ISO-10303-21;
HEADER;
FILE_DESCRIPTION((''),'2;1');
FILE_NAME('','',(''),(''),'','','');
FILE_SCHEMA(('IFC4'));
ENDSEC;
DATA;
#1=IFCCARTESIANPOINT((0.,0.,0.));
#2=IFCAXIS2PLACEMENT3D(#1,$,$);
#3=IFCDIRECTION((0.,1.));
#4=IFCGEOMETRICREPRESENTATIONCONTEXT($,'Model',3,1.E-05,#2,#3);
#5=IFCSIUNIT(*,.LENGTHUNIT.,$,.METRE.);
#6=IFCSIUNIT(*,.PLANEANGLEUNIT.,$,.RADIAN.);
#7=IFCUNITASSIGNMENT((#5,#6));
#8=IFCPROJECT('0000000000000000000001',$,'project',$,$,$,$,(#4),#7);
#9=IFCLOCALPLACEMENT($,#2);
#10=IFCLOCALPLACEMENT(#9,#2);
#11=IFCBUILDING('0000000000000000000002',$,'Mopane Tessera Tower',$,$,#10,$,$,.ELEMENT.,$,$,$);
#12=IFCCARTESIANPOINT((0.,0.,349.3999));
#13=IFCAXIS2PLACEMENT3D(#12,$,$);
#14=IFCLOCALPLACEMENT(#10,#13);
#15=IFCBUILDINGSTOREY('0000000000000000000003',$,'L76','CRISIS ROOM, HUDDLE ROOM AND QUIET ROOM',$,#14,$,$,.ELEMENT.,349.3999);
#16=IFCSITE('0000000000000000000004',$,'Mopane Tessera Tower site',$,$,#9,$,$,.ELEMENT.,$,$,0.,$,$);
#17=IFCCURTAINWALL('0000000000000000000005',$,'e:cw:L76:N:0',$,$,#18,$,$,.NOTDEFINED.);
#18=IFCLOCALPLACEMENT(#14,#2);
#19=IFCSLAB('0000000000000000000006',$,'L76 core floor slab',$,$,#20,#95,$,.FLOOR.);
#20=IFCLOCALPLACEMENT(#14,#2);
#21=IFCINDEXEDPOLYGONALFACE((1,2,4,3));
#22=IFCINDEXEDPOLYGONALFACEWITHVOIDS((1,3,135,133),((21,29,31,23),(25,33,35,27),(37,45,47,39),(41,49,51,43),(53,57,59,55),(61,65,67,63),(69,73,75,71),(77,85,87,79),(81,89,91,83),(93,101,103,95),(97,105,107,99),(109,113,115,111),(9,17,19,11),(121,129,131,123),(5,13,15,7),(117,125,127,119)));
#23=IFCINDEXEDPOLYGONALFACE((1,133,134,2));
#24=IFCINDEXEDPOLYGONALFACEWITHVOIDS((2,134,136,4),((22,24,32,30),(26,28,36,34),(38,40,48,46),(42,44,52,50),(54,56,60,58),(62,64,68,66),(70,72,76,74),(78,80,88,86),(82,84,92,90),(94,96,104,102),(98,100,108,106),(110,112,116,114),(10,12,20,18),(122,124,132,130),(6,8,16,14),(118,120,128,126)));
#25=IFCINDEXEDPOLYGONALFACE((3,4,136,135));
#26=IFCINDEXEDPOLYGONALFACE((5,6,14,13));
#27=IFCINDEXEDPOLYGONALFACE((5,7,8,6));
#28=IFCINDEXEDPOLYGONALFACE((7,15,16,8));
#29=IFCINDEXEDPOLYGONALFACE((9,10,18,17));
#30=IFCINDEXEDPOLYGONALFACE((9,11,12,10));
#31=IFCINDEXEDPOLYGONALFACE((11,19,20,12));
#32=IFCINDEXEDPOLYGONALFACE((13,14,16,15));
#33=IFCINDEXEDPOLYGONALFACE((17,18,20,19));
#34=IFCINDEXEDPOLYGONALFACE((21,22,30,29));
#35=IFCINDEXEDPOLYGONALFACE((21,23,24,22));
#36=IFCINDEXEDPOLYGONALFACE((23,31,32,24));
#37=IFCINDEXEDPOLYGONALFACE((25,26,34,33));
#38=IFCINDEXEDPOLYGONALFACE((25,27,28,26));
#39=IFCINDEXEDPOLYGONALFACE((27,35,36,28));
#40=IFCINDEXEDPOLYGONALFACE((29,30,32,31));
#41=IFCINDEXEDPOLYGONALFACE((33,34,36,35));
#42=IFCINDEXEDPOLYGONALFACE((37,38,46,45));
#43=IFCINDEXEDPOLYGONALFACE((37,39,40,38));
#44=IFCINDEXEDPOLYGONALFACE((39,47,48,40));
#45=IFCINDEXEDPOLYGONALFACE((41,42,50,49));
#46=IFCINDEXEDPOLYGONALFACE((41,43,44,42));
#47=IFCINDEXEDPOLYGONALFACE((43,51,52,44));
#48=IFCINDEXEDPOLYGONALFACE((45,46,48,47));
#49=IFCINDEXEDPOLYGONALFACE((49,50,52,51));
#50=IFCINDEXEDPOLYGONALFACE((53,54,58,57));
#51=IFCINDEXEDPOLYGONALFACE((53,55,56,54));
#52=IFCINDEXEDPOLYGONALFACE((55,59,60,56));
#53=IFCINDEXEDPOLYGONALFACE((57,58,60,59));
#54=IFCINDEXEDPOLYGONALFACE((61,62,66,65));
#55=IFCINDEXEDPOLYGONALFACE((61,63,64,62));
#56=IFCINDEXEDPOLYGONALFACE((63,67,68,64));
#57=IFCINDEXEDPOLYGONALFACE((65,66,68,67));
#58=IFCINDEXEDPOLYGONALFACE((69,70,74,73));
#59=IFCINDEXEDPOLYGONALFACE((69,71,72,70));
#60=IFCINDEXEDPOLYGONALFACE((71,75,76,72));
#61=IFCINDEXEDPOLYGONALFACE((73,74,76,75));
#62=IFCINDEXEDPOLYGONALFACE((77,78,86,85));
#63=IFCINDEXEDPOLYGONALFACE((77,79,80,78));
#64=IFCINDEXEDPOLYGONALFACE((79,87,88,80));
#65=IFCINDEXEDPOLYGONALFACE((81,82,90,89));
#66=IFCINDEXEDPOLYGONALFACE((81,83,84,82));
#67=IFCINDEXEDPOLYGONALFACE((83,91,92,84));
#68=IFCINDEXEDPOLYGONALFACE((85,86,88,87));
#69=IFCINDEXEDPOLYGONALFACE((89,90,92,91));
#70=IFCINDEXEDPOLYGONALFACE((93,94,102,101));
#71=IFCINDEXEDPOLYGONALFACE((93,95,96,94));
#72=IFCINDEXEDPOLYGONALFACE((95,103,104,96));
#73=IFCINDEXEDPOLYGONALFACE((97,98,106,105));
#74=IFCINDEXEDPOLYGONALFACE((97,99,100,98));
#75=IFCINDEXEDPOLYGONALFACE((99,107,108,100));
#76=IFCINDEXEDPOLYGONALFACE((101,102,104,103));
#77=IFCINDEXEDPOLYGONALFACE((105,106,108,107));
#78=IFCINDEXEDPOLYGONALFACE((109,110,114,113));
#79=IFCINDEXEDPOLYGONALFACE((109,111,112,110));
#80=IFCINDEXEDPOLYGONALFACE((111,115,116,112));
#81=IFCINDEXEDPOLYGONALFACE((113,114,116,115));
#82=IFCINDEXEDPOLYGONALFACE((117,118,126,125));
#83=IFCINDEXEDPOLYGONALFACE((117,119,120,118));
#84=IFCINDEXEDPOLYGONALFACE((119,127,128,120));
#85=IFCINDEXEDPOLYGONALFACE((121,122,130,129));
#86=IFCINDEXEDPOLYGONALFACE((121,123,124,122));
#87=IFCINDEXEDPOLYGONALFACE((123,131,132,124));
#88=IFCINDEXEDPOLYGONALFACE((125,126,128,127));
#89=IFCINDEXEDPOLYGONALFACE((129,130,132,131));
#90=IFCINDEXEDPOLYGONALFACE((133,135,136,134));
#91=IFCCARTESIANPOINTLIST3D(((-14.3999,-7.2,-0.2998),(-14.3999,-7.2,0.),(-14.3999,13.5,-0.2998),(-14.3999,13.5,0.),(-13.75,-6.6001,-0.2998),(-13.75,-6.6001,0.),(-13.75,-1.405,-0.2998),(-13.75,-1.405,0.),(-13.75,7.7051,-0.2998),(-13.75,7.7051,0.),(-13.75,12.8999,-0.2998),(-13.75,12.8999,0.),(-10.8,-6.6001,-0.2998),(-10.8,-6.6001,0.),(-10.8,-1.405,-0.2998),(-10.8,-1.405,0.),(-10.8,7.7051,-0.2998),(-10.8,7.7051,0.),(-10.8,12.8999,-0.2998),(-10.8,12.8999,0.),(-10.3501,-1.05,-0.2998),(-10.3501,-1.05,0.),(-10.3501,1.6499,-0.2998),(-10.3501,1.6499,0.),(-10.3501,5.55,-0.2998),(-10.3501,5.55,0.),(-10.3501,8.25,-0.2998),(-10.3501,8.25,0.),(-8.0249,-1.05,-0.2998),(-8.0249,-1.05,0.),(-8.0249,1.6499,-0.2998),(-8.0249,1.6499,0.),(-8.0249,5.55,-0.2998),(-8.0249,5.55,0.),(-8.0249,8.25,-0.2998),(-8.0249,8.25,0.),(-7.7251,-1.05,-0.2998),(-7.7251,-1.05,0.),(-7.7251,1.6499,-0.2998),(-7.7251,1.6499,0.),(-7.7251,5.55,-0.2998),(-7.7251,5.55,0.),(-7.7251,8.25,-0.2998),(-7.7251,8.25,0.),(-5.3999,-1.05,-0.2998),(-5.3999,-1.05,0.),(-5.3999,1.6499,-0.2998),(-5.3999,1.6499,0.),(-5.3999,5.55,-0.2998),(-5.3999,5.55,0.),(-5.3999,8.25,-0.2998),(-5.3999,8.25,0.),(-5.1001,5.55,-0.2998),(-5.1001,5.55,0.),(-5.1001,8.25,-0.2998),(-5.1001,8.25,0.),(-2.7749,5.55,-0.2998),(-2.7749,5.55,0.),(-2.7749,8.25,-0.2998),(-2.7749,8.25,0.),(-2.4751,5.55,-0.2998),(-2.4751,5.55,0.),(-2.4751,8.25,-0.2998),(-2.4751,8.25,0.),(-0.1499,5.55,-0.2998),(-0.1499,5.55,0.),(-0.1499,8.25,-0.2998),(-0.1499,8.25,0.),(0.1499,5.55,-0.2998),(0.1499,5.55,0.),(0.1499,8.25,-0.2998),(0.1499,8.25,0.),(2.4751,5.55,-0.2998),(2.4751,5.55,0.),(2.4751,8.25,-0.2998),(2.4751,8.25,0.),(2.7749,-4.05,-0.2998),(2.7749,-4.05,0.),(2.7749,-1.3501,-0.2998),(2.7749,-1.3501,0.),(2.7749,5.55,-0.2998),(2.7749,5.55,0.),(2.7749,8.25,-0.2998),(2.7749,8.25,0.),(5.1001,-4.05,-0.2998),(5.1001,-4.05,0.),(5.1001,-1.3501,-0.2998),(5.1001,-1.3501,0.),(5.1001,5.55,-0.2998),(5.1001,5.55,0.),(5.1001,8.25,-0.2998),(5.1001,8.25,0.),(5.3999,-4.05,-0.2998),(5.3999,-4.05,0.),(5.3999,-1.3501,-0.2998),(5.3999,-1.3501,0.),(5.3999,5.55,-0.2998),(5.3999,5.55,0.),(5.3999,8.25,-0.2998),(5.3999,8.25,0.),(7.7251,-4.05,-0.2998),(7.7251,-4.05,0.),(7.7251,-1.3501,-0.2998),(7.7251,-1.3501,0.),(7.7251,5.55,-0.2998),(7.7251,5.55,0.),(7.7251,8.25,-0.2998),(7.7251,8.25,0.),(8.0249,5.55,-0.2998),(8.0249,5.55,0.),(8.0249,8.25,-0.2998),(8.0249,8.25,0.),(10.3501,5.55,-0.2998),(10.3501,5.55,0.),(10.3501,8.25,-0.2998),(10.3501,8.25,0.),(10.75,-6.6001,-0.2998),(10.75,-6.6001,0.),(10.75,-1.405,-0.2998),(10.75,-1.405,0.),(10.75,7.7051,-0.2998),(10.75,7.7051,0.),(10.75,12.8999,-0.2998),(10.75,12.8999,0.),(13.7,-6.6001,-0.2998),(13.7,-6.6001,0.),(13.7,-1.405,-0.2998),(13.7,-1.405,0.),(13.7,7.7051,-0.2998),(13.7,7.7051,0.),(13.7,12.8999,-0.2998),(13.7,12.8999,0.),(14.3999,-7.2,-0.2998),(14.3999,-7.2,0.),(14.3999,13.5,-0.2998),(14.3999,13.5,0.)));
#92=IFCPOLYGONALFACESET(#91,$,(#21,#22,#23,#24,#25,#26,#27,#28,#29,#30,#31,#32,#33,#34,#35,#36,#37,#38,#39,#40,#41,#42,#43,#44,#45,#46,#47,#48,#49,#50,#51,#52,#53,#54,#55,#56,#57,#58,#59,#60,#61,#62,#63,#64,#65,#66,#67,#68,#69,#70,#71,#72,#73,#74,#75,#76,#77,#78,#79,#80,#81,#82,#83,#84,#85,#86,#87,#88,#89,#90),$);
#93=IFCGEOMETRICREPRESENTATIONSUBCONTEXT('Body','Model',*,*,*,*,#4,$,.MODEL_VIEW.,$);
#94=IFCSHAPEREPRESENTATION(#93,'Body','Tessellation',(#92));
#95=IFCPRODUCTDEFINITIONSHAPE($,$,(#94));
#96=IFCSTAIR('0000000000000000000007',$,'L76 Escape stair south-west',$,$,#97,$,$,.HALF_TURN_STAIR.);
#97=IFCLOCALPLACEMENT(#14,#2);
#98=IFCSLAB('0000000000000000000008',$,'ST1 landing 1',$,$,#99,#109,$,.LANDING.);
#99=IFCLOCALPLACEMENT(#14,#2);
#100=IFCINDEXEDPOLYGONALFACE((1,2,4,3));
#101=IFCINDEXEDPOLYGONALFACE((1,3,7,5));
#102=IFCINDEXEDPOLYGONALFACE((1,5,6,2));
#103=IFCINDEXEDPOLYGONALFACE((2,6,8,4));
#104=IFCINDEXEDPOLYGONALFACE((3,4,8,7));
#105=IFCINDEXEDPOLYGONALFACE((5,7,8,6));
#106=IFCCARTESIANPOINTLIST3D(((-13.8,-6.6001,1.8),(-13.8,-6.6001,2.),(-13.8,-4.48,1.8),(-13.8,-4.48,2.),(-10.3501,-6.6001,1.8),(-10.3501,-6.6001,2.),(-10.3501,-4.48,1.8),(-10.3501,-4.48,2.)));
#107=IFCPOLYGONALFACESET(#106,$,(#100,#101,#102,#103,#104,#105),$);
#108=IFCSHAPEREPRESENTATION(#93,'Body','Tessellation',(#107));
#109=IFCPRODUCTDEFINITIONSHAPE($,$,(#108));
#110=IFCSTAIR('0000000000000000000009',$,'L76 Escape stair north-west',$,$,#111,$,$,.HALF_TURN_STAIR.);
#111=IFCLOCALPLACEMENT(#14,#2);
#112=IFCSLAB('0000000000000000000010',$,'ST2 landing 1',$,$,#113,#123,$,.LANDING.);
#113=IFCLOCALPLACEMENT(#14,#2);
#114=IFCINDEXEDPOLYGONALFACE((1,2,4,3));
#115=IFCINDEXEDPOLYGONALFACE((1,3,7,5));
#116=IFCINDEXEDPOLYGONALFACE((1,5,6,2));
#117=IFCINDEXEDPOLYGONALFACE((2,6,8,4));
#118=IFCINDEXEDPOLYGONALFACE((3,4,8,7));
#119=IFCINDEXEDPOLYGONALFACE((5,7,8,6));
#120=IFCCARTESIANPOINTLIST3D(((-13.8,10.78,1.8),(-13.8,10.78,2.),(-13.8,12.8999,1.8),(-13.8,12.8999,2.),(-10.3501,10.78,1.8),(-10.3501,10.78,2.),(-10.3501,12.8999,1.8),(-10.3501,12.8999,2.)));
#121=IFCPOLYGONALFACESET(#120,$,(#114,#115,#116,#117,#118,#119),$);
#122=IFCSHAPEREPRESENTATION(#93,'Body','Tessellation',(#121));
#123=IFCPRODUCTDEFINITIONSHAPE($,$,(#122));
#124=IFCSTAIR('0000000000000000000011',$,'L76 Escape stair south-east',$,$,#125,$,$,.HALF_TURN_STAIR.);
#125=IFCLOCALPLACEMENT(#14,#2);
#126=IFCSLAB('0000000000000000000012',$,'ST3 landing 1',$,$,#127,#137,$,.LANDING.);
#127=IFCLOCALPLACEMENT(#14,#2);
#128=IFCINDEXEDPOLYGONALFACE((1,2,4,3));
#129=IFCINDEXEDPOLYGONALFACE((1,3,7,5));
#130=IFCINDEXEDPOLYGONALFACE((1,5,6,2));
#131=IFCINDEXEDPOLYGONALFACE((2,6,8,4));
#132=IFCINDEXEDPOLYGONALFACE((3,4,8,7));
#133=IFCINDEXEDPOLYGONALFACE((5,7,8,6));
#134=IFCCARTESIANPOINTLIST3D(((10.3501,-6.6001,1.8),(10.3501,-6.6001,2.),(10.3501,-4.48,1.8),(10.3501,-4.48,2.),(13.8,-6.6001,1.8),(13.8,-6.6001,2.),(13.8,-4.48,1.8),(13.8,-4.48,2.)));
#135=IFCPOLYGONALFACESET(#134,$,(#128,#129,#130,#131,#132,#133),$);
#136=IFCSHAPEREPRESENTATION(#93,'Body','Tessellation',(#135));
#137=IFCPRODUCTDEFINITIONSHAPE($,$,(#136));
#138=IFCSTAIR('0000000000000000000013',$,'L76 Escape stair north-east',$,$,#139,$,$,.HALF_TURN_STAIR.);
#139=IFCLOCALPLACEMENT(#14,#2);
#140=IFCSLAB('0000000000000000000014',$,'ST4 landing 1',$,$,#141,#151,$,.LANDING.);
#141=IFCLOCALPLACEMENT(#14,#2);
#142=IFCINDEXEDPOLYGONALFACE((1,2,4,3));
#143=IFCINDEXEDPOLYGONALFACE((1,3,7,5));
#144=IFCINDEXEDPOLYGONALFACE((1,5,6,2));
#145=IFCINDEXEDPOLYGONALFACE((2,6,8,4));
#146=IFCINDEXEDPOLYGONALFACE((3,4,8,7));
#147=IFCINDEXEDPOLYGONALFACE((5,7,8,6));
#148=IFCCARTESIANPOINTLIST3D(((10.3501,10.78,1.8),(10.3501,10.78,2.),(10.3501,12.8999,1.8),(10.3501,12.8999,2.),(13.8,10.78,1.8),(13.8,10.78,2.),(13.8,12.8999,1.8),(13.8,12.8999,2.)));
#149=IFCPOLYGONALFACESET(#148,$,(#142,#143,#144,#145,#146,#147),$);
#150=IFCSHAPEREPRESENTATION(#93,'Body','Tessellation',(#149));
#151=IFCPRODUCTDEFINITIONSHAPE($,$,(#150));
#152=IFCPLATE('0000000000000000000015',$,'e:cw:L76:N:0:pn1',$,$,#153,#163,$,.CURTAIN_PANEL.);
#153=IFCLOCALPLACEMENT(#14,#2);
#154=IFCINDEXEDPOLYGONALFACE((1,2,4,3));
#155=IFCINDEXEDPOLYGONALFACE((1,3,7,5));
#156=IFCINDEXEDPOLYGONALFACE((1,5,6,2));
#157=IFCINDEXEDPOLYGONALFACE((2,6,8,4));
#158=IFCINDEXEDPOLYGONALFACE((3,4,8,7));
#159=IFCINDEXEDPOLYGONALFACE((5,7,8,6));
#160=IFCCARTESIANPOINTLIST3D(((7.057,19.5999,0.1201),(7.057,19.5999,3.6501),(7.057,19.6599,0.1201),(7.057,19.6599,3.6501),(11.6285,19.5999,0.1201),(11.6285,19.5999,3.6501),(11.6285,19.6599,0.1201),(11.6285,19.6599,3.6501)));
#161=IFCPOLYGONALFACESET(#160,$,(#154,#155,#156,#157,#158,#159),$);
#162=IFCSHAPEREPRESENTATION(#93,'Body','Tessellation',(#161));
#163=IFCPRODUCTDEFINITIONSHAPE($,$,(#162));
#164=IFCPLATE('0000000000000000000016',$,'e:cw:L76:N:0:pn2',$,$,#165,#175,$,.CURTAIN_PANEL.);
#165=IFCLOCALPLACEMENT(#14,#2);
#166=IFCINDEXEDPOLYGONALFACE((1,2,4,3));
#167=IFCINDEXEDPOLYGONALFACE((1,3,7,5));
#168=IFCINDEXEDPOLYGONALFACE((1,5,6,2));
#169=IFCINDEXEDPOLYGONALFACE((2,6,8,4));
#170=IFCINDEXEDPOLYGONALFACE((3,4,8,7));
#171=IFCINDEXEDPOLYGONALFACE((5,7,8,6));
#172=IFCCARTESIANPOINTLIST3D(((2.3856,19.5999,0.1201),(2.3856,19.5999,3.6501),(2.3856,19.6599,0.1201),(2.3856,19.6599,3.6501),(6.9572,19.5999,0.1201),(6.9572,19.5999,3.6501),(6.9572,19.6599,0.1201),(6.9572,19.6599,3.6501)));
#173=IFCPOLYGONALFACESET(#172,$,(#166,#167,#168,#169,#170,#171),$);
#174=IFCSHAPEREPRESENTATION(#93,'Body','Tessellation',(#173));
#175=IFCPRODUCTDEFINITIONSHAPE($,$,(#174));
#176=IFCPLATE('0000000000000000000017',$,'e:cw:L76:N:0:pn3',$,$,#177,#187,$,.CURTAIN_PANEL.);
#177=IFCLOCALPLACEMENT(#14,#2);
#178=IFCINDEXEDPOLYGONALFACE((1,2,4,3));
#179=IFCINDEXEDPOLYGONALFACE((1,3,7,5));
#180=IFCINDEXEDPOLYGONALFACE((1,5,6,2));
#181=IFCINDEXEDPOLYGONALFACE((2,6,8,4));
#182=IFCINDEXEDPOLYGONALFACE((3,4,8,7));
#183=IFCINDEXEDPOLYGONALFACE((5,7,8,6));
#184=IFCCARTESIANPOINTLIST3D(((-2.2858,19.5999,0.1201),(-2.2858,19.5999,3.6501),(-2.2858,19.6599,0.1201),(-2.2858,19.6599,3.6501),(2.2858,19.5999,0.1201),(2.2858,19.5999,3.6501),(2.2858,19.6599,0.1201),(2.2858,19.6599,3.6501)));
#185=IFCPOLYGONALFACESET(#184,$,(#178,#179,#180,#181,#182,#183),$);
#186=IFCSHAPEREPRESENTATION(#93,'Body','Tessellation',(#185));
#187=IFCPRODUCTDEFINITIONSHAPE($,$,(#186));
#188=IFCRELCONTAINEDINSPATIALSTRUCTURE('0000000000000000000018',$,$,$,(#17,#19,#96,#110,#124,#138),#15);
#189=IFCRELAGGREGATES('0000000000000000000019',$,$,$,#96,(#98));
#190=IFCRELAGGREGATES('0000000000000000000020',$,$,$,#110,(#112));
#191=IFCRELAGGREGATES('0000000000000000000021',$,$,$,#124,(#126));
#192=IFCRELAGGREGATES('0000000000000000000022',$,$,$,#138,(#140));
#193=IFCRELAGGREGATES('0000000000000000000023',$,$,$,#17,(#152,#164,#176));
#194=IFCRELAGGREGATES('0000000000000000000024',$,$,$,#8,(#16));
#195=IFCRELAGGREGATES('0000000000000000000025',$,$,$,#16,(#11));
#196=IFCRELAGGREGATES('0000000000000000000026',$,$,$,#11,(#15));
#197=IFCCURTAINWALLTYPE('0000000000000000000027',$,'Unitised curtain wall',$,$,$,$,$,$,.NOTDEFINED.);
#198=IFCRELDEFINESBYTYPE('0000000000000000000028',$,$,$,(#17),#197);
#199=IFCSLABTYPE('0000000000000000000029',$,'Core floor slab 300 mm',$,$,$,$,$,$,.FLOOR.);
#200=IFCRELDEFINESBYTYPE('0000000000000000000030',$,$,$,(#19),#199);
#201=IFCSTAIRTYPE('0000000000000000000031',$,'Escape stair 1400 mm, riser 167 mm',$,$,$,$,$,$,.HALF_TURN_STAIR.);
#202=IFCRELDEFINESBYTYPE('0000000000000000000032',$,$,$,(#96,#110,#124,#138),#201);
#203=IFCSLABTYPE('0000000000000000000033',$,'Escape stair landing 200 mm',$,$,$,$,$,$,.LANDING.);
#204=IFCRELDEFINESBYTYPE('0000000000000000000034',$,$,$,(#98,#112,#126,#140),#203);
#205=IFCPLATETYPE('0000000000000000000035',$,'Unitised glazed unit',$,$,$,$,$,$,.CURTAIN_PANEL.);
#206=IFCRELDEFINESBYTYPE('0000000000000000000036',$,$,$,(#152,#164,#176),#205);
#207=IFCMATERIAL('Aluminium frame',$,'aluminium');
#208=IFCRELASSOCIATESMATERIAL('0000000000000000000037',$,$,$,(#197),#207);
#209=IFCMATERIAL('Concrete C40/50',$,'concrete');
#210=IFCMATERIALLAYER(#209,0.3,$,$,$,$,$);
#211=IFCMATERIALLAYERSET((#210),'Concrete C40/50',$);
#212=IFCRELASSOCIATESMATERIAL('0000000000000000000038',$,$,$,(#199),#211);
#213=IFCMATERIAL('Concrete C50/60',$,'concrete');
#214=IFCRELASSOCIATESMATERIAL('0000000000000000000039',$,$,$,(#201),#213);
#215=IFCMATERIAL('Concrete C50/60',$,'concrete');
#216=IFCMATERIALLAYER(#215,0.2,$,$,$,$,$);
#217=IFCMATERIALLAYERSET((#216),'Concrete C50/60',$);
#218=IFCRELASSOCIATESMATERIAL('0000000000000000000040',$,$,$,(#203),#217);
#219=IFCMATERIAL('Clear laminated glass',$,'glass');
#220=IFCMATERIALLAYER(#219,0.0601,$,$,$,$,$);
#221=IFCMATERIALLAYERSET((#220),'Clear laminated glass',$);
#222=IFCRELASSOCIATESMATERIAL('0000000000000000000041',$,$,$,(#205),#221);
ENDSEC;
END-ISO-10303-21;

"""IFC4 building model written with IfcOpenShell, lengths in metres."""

from ifc_helpers import new_model, si_unit, direction, frame, origin, origin_2d, place, context, subcontext, project, spatial, polyline, rectangle, outline, extrude, material, layer, layer_set, type_object, element, aggregate, save


model = new_model("IFC4")

# Units and contexts
model_context = context("Model", 3, precision=1e-05, world=origin(), true_north=direction((0.0, 1.0)))
body_context = subcontext(model_context, "Body", "Model", "MODEL_VIEW")
ifc_project = project(units=[si_unit("LENGTHUNIT", "METRE"), si_unit("PLANEANGLEUNIT", "RADIAN")], contexts=[model_context])

# Site, building, storey
site_placement = place(None, origin())
site = spatial("IfcSite", under=ifc_project, at=site_placement, Name="Mopane Tessera Tower site", CompositionType="ELEMENT", RefElevation=0.0)
building_placement = place(site_placement, origin())
building = spatial("IfcBuilding", under=site, at=building_placement, Name="Mopane Tessera Tower", CompositionType="ELEMENT")
storey_placement = place(building_placement, frame((0.0, 0.0, 349.3999)))
storey = spatial("IfcBuildingStorey", under=building, at=storey_placement, Name="L76", Description="CRISIS ROOM, HUDDLE ROOM AND QUIET ROOM", CompositionType="ELEMENT", Elevation=349.3999)

# Curtain wall
ifc_material_1 = material(Name="Aluminium frame", Category="aluminium")
curtain_wall_type = type_object("IfcCurtainWallType", Name="Unitised curtain wall", PredefinedType="NOTDEFINED", material=ifc_material_1)
curtain_wall_1_placement = place(storey_placement, origin())
curtain_wall_1 = element("IfcCurtainWall", 1, at=curtain_wall_1_placement, inside=storey, type_object=curtain_wall_type, Name="e:cw:L76:N:0", PredefinedType="NOTDEFINED")

# Slab
ifc_material_2 = material(Name="Concrete C40/50", Category="concrete")
ifc_layer_1 = layer(ifc_material_2, 0.3)
ifc_layer_set_1 = layer_set([ifc_layer_1], Name="Concrete C40/50")
slab_type_1 = type_object("IfcSlabType", Name="Core floor slab 300 mm", PredefinedType="FLOOR", material=ifc_layer_set_1)
slab_1_placement = place(storey_placement, frame((0.0, 0.0, -0.2998)))
element("IfcSlab", 2, at=slab_1_placement, inside=storey, type_object=slab_type_1, Name="L76 core floor slab", PredefinedType="FLOOR", context=body_context, shape_type="SweptSolid", body=[
    extrude(outline(polyline([(-14.3999, -7.2), (14.3999, -7.2), (14.3999, 13.5), (-14.3999, 13.5), (-14.3999, -7.2)]), holes=[polyline([(-10.3501, -1.05), (-8.0249, -1.05), (-8.0249, 1.6499), (-10.3501, 1.6499), (-10.3501, -1.05)]), polyline([(-7.7251, -1.05), (-5.3999, -1.05), (-5.3999, 1.6499), (-7.7251, 1.6499), (-7.7251, -1.05)]), polyline([(-10.3501, 5.55), (-8.0249, 5.55), (-8.0249, 8.25), (-10.3501, 8.25), (-10.3501, 5.55)]), polyline([(-7.7251, 5.55), (-5.3999, 5.55), (-5.3999, 8.25), (-7.7251, 8.25), (-7.7251, 5.55)]), polyline([(-5.1001, 5.55), (-2.7749, 5.55), (-2.7749, 8.25), (-5.1001, 8.25), (-5.1001, 5.55)]), polyline([(-2.4751, 5.55), (-0.1499, 5.55), (-0.1499, 8.25), (-2.4751, 8.25), (-2.4751, 5.55)]), polyline([(0.1499, 5.55), (2.4751, 5.55), (2.4751, 8.25), (0.1499, 8.25), (0.1499, 5.55)]), polyline([(2.7749, 5.55), (5.1001, 5.55), (5.1001, 8.25), (2.7749, 8.25), (2.7749, 5.55)]), polyline([(5.3999, 5.55), (7.7251, 5.55), (7.7251, 8.25), (5.3999, 8.25), (5.3999, 5.55)]), polyline([(8.0249, 5.55), (10.3501, 5.55), (10.3501, 8.25), (8.0249, 8.25), (8.0249, 5.55)]), polyline([(2.7749, -4.05), (5.1001, -4.05), (5.1001, -1.3501), (2.7749, -1.3501), (2.7749, -4.05)]), polyline([(5.3999, -4.05), (7.7251, -4.05), (7.7251, -1.3501), (5.3999, -1.3501), (5.3999, -4.05)]), polyline([(-13.75, -1.405), (-13.75, -6.6001), (-10.8, -6.6001), (-10.8, -1.405), (-13.75, -1.405)]), polyline([(-10.8, 7.7051), (-10.8, 12.8999), (-13.75, 12.8999), (-13.75, 7.7051), (-10.8, 7.7051)]), polyline([(10.75, -1.405), (10.75, -6.6001), (13.7, -6.6001), (13.7, -1.405), (10.75, -1.405)]), polyline([(13.7, 7.7051), (13.7, 12.8999), (10.75, 12.8999), (10.75, 7.7051), (13.7, 7.7051)])]), origin(), (0.0, 0.0, 1.0), 0.2998),
])

# Stairs, slabs
ifc_material_3 = material(Name="Concrete C50/60", Category="concrete")
stair_type = type_object("IfcStairType", Name="Escape stair 1400 mm, riser 167 mm", PredefinedType="HALF_TURN_STAIR", material=ifc_material_3)
stair_1_placement = place(storey_placement, origin())
stair_1 = element("IfcStair", 3, at=stair_1_placement, inside=storey, type_object=stair_type, Name="L76 Escape stair south-west", PredefinedType="HALF_TURN_STAIR")
ifc_material_4 = material(Name="Concrete C50/60", Category="concrete")
ifc_layer_2 = layer(ifc_material_4, 0.2)
ifc_layer_set_2 = layer_set([ifc_layer_2], Name="Concrete C50/60")
slab_type_2 = type_object("IfcSlabType", Name="Escape stair landing 200 mm", PredefinedType="LANDING", material=ifc_layer_set_2)
slab_2_placement = place(storey_placement, frame((0.0, 0.0, 1.8)))
slab_2 = element("IfcSlab", 4, at=slab_2_placement, type_object=slab_type_2, Name="ST1 landing 1", PredefinedType="LANDING", context=body_context, shape_type="SweptSolid", body=[
    extrude(outline(polyline([(-13.8, -4.48), (-13.8, -6.6001), (-10.3501, -6.6001), (-10.3501, -4.48), (-13.8, -4.48)])), origin(), (0.0, 0.0, 1.0), 0.2),
])
aggregate(stair_1, [slab_2])
stair_2_placement = place(storey_placement, origin())
stair_2 = element("IfcStair", 5, at=stair_2_placement, inside=storey, type_object=stair_type, Name="L76 Escape stair north-west", PredefinedType="HALF_TURN_STAIR")
slab_3_placement = place(storey_placement, frame((0.0, 0.0, 1.8)))
slab_3 = element("IfcSlab", 6, at=slab_3_placement, type_object=slab_type_2, Name="ST2 landing 1", PredefinedType="LANDING", context=body_context, shape_type="SweptSolid", body=[
    extrude(outline(polyline([(-10.3501, 10.78), (-10.3501, 12.8999), (-13.8, 12.8999), (-13.8, 10.78), (-10.3501, 10.78)])), origin(), (0.0, 0.0, 1.0), 0.2),
])
aggregate(stair_2, [slab_3])
stair_3_placement = place(storey_placement, origin())
stair_3 = element("IfcStair", 7, at=stair_3_placement, inside=storey, type_object=stair_type, Name="L76 Escape stair south-east", PredefinedType="HALF_TURN_STAIR")
slab_4_placement = place(storey_placement, frame((0.0, 0.0, 1.8)))
slab_4 = element("IfcSlab", 8, at=slab_4_placement, type_object=slab_type_2, Name="ST3 landing 1", PredefinedType="LANDING", context=body_context, shape_type="SweptSolid", body=[
    extrude(outline(polyline([(10.3501, -4.48), (10.3501, -6.6001), (13.8, -6.6001), (13.8, -4.48), (10.3501, -4.48)])), origin(), (0.0, 0.0, 1.0), 0.2),
])
aggregate(stair_3, [slab_4])
stair_4_placement = place(storey_placement, origin())
stair_4 = element("IfcStair", 9, at=stair_4_placement, inside=storey, type_object=stair_type, Name="L76 Escape stair north-east", PredefinedType="HALF_TURN_STAIR")
slab_5_placement = place(storey_placement, frame((0.0, 0.0, 1.8)))
slab_5 = element("IfcSlab", 10, at=slab_5_placement, type_object=slab_type_2, Name="ST4 landing 1", PredefinedType="LANDING", context=body_context, shape_type="SweptSolid", body=[
    extrude(outline(polyline([(13.8, 10.78), (13.8, 12.8999), (10.3501, 12.8999), (10.3501, 10.78), (13.8, 10.78)])), origin(), (0.0, 0.0, 1.0), 0.2),
])
aggregate(stair_4, [slab_5])

# Plates
ifc_material_5 = material(Name="Clear laminated glass", Category="glass")
ifc_layer_3 = layer(ifc_material_5, 0.0601)
ifc_layer_set_3 = layer_set([ifc_layer_3], Name="Clear laminated glass")
plate_type = type_object("IfcPlateType", Name="Unitised glazed unit", PredefinedType="CURTAIN_PANEL", material=ifc_layer_set_3)
plate_1_placement = place(storey_placement, frame((9.3428, 19.6299, 0.1201), z_axis=(0.0, 0.0, 1.0), x_axis=(-1.0, 0.0, 0.0)))
plate_1 = element("IfcPlate", 11, at=plate_1_placement, type_object=plate_type, Name="e:cw:L76:N:0:pn1", PredefinedType="CURTAIN_PANEL", context=body_context, shape_type="SweptSolid", body=[
    extrude(rectangle(XDim=4.5715, YDim=0.0601, at=origin_2d()), origin(), (0.0, 0.0, 1.0), 3.53),
])
plate_2_placement = place(storey_placement, frame((4.6714, 19.6299, 0.1201), z_axis=(0.0, 0.0, 1.0), x_axis=(-1.0, 0.0, 0.0)))
plate_2 = element("IfcPlate", 12, at=plate_2_placement, type_object=plate_type, Name="e:cw:L76:N:0:pn2", PredefinedType="CURTAIN_PANEL", context=body_context, shape_type="SweptSolid", body=[
    extrude(rectangle(XDim=4.5715, YDim=0.0601, at=origin_2d()), origin(), (0.0, 0.0, 1.0), 3.53),
])
plate_3_placement = place(storey_placement, frame((0.0, 19.6299, 0.1201), z_axis=(0.0, 0.0, 1.0), x_axis=(-1.0, 0.0, 0.0)))
plate_3 = element("IfcPlate", 13, at=plate_3_placement, type_object=plate_type, Name="e:cw:L76:N:0:pn3", PredefinedType="CURTAIN_PANEL", context=body_context, shape_type="SweptSolid", body=[
    extrude(rectangle(XDim=4.5715, YDim=0.0601, at=origin_2d()), origin(), (0.0, 0.0, 1.0), 3.53),
])
aggregate(curtain_wall_1, [plate_1, plate_2, plate_3])

save(model, "model.ifc")
